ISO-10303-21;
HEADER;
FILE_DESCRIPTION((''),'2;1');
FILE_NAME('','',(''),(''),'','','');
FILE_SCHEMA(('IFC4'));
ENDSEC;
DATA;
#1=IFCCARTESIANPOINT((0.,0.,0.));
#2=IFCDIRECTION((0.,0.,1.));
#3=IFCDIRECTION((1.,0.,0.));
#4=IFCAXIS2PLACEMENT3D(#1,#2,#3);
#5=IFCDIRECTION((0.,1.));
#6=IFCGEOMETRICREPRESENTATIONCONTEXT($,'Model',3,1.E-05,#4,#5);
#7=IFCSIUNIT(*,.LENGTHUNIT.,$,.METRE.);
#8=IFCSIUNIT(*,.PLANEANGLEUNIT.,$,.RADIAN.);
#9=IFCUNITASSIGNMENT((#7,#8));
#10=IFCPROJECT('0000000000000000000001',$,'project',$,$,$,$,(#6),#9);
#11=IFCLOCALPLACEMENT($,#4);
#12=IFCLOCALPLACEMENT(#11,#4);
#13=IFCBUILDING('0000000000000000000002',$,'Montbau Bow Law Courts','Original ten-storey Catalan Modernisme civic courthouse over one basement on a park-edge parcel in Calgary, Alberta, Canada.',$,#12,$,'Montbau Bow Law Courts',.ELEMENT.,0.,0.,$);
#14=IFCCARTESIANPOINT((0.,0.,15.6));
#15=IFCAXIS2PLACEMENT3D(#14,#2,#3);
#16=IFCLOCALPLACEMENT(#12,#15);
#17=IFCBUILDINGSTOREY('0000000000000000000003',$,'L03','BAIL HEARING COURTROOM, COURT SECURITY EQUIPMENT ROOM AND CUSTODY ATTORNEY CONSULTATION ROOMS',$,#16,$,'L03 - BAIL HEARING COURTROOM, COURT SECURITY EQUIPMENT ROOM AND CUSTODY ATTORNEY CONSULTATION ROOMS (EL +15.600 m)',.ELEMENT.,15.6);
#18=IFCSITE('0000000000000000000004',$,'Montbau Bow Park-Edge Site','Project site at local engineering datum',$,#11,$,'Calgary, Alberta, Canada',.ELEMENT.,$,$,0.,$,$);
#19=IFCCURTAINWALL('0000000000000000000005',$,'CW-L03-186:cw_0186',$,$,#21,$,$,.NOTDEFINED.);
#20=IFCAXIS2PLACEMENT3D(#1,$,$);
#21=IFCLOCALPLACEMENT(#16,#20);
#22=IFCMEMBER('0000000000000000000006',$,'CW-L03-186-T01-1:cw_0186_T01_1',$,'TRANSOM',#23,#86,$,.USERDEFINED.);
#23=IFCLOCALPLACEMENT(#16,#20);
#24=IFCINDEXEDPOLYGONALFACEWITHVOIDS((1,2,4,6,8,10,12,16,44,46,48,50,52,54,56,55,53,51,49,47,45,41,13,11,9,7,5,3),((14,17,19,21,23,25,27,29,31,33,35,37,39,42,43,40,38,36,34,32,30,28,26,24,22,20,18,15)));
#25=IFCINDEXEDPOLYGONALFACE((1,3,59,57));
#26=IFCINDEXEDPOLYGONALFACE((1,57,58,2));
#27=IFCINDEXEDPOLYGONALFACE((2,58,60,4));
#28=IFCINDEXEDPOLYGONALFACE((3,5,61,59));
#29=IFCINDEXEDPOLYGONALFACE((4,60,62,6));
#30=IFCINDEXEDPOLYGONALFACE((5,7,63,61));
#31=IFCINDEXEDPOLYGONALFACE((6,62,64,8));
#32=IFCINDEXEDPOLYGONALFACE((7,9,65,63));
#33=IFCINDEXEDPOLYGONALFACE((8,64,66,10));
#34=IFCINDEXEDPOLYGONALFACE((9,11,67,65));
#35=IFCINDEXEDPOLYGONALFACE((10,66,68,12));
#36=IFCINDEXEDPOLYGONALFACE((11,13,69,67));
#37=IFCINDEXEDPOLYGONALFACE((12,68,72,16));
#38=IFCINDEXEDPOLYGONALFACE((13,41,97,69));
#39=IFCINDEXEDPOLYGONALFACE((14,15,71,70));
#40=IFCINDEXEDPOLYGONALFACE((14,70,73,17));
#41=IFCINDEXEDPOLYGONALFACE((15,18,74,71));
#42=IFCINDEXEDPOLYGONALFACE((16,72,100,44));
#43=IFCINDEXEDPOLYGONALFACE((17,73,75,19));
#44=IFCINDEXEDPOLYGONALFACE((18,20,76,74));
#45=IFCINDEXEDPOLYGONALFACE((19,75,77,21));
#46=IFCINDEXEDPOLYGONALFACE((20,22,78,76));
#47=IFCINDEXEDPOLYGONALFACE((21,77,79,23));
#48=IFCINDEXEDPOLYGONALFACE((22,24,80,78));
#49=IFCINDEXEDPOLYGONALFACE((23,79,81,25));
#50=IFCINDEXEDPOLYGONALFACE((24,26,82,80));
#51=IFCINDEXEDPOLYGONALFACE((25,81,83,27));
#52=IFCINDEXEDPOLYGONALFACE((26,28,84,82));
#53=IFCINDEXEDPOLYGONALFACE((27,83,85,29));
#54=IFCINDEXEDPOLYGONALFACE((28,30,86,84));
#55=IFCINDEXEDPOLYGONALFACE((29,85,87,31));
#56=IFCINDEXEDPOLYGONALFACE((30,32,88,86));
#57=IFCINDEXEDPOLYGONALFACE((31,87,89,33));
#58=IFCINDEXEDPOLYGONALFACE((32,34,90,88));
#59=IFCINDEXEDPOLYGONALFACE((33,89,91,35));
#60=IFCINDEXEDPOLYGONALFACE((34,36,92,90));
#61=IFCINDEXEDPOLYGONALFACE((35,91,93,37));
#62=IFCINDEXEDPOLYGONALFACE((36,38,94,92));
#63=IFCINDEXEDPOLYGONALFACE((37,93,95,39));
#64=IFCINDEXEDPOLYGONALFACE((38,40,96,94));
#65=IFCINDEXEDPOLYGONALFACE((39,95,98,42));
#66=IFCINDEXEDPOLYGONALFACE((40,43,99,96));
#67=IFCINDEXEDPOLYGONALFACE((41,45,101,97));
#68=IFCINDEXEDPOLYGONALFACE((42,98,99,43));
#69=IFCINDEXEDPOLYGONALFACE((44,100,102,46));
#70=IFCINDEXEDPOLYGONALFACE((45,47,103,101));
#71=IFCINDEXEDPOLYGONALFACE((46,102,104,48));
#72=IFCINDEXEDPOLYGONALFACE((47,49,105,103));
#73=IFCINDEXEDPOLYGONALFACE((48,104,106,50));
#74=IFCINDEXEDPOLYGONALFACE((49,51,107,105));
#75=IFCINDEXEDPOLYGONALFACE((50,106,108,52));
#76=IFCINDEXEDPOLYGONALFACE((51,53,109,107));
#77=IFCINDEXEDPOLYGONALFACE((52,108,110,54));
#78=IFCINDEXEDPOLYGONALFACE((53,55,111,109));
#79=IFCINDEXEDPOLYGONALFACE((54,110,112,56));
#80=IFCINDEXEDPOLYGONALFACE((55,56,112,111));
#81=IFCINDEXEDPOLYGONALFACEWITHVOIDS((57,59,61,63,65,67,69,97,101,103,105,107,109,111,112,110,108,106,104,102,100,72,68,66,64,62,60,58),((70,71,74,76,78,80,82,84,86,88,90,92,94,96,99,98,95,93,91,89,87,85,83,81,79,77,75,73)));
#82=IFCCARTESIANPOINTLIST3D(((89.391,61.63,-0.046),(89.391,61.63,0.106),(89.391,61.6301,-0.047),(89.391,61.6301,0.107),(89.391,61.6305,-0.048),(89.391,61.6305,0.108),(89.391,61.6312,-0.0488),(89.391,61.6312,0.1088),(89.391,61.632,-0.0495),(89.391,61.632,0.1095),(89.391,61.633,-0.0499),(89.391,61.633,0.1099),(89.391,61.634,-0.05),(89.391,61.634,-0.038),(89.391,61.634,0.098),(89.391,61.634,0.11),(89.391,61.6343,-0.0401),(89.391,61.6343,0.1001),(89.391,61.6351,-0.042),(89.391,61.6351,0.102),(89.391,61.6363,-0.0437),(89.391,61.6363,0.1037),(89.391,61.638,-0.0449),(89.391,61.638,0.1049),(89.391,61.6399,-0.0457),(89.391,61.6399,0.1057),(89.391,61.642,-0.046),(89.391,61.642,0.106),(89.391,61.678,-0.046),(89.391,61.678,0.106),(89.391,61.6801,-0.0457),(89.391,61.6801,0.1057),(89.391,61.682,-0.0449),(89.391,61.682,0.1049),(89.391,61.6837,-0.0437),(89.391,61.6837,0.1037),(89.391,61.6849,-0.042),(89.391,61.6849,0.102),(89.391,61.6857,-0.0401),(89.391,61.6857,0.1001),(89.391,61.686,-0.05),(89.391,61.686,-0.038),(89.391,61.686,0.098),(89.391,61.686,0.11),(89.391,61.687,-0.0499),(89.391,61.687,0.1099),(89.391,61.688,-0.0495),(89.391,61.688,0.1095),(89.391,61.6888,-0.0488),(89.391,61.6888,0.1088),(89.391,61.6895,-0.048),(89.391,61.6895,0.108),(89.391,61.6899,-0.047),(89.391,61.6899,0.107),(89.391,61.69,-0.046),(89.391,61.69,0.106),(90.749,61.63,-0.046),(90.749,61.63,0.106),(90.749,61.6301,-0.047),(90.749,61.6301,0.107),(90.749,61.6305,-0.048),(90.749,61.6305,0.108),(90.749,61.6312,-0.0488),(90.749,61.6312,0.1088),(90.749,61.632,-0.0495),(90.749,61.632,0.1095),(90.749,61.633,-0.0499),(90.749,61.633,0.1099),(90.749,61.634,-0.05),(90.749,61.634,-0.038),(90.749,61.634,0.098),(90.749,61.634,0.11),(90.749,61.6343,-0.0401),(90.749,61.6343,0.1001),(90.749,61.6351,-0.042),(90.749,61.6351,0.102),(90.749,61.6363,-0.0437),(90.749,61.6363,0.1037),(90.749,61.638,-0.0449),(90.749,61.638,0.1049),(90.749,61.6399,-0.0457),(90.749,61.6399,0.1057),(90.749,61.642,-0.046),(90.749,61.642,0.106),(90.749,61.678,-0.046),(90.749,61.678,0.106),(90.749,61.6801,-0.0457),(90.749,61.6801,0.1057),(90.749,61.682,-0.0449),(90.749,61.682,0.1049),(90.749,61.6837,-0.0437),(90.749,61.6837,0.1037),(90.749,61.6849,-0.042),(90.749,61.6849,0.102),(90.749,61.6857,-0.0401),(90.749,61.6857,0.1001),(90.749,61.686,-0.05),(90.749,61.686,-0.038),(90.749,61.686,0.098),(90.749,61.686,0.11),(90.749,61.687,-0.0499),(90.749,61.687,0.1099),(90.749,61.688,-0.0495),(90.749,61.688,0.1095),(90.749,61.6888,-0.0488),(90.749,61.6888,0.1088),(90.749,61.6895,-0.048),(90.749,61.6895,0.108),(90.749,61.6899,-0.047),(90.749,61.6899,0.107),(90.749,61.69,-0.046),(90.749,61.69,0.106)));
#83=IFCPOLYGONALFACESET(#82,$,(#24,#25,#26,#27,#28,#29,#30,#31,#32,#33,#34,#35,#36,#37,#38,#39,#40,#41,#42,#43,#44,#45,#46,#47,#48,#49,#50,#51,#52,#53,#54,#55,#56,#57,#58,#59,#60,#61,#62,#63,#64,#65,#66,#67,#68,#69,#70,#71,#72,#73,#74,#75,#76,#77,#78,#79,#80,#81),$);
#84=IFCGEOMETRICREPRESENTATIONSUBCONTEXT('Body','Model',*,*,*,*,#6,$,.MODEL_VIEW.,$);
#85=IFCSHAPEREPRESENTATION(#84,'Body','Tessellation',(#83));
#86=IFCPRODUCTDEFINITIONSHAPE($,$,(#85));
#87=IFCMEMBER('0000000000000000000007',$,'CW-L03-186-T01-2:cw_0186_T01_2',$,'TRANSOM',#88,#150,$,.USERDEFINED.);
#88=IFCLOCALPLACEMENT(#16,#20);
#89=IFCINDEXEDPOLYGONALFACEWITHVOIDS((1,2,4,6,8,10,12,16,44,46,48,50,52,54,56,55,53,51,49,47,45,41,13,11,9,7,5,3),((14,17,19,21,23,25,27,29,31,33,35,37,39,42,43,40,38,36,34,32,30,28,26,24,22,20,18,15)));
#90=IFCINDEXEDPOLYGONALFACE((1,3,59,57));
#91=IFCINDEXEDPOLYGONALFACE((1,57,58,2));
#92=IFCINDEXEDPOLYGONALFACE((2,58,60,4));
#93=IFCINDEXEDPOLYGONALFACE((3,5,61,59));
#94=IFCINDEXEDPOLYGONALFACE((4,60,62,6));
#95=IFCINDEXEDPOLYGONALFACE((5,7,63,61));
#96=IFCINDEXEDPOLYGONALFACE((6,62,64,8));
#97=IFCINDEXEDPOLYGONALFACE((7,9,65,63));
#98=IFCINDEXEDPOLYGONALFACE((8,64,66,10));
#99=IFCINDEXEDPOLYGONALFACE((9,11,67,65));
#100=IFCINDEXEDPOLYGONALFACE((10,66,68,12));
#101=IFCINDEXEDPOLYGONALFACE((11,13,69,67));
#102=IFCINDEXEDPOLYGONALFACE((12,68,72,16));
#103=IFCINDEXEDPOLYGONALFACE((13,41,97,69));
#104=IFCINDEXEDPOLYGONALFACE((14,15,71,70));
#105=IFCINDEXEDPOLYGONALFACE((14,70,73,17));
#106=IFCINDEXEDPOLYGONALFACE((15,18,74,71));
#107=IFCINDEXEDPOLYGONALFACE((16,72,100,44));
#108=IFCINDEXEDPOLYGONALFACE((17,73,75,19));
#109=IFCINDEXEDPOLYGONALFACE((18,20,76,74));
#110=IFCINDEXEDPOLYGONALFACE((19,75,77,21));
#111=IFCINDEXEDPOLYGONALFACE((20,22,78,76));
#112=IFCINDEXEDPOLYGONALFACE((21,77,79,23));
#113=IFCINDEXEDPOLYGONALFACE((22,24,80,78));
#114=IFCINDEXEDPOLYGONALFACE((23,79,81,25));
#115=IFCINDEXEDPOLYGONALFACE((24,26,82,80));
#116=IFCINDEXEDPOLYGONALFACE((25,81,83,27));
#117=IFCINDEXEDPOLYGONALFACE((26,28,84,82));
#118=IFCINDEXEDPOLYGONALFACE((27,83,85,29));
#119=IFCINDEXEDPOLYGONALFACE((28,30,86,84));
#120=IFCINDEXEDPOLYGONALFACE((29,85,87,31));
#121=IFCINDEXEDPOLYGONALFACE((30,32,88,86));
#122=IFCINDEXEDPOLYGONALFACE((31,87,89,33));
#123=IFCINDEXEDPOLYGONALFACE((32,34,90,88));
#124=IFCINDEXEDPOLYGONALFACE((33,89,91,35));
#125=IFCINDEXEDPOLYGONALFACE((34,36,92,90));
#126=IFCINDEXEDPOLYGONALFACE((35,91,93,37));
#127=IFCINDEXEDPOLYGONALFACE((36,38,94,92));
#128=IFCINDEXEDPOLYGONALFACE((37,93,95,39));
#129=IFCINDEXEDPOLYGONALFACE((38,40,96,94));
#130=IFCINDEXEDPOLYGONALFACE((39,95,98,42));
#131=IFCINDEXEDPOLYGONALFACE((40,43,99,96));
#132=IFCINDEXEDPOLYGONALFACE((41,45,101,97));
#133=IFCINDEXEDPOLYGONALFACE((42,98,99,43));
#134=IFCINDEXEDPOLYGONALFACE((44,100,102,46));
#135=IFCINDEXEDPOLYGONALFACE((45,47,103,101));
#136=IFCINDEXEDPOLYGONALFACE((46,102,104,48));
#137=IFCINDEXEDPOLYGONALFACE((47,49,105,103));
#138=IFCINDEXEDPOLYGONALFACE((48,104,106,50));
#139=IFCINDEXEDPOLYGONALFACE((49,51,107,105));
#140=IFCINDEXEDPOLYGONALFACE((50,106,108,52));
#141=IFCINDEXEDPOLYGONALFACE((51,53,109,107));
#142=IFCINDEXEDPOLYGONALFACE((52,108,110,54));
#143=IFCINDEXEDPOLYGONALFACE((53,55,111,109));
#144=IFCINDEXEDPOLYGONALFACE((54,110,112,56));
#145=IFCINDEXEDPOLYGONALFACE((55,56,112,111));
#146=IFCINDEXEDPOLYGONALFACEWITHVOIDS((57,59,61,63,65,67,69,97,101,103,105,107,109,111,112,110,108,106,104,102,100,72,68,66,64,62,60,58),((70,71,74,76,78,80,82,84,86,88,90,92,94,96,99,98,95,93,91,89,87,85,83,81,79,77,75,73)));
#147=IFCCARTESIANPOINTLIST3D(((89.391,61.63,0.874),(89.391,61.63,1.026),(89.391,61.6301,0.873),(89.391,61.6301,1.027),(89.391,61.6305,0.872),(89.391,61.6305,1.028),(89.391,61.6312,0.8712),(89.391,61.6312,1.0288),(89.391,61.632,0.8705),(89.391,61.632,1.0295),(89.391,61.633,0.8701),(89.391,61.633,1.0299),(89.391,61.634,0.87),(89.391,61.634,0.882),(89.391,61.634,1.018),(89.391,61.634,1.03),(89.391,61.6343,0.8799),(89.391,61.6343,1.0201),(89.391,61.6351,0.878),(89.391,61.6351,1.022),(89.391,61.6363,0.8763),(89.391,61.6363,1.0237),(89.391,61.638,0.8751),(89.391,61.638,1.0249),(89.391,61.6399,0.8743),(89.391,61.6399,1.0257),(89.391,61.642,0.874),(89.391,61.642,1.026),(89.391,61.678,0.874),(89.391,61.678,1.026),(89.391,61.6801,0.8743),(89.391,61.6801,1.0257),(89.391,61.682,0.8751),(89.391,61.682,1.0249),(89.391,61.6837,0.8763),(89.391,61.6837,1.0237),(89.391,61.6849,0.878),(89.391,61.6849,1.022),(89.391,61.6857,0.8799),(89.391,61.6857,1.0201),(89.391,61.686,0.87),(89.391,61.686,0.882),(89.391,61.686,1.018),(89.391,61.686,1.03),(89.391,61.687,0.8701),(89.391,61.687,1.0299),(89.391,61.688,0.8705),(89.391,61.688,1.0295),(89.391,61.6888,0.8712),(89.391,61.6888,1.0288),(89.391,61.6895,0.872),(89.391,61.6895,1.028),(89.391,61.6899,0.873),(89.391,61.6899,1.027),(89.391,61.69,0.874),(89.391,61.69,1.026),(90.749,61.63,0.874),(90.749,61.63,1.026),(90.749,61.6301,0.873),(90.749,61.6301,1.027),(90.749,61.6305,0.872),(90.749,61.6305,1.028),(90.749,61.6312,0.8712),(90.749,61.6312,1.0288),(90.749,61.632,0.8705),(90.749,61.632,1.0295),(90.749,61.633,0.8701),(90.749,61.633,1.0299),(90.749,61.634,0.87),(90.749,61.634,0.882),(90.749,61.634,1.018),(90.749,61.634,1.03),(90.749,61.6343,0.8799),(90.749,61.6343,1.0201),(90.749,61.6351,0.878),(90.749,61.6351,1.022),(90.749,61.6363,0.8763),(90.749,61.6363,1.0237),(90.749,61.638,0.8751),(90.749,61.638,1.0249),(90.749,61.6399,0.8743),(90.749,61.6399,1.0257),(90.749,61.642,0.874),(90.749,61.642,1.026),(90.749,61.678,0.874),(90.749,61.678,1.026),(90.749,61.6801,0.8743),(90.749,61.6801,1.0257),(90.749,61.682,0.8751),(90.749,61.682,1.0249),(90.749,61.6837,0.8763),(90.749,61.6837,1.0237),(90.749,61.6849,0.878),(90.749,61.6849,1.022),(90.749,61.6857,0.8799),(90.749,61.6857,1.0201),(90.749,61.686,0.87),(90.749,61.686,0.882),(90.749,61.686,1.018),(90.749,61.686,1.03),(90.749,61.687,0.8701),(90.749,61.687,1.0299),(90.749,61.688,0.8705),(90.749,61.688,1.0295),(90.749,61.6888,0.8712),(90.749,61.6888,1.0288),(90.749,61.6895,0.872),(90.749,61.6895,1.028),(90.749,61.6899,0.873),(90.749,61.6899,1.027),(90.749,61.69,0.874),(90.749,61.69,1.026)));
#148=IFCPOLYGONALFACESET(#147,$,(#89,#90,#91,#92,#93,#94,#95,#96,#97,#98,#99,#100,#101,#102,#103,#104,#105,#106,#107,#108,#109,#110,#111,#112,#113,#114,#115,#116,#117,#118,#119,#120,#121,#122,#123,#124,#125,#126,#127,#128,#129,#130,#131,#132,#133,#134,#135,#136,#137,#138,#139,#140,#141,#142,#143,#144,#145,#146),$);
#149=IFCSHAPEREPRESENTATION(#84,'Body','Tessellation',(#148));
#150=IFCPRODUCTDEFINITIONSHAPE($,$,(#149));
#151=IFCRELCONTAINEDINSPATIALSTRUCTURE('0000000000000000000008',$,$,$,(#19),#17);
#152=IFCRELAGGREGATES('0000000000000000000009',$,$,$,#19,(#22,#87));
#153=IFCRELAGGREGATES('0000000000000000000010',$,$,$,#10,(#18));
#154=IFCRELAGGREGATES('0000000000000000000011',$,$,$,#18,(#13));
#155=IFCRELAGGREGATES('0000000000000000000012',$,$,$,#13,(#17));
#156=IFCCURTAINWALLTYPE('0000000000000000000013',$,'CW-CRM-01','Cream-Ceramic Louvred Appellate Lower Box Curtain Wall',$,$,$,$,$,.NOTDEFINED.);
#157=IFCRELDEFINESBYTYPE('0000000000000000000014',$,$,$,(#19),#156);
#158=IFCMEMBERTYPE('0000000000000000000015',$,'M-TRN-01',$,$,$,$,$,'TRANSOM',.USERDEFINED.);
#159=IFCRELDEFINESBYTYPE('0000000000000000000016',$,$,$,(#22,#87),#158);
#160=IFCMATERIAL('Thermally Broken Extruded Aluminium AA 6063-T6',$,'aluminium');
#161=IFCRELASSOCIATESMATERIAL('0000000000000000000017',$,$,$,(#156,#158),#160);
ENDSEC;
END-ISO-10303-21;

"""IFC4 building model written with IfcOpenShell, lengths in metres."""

from ifc_helpers import new_model, si_unit, direction, frame, origin_with_axes, origin_2d_with_axis, place, context, subcontext, project, spatial, hollow_rectangle, extrude, material, material_profile, profile_set, type_object, element, aggregate, save


model = new_model("IFC4")

# Units and contexts
model_context = context("Model", 3, precision=1e-05, world=origin_with_axes(), true_north=direction((0.0, 1.0)))
body_context = subcontext(model_context, "Body", "Model", "MODEL_VIEW")
ifc_project = project(units=[si_unit("LENGTHUNIT", "METRE"), si_unit("PLANEANGLEUNIT", "RADIAN")], contexts=[model_context])

# Site, building, storey
site_placement = place(None, origin_with_axes())
site = spatial("IfcSite", under=ifc_project, at=site_placement, Name="Montbau Bow Park-Edge Site", Description="Project site at local engineering datum", LongName="Calgary, Alberta, Canada", CompositionType="ELEMENT", RefElevation=0.0)
building_placement = place(site_placement, origin_with_axes())
building = spatial("IfcBuilding", under=site, at=building_placement, Name="Montbau Bow Law Courts", Description="Original ten-storey Catalan Modernisme civic courthouse over one basement on a park-edge parcel in Calgary, Alberta, Canada.", LongName="Montbau Bow Law Courts", CompositionType="ELEMENT", ElevationOfRefHeight=0.0, ElevationOfTerrain=0.0)
storey_placement = place(building_placement, frame((0.0, 0.0, 15.6), z_axis=(0.0, 0.0, 1.0), x_axis=(1.0, 0.0, 0.0)))
storey = spatial("IfcBuildingStorey", under=building, at=storey_placement, Name="L03", Description="BAIL HEARING COURTROOM, COURT SECURITY EQUIPMENT ROOM AND CUSTODY ATTORNEY CONSULTATION ROOMS", LongName="L03 - BAIL HEARING COURTROOM, COURT SECURITY EQUIPMENT ROOM AND CUSTODY ATTORNEY CONSULTATION ROOMS (EL +15.600 m)", CompositionType="ELEMENT", Elevation=15.6)

# Curtain wall, members
ifc_material_1 = material(Name="Thermally Broken Extruded Aluminium AA 6063-T6", Category="aluminium")
curtain_wall_type = type_object("IfcCurtainWallType", Name="CW-CRM-01", Description="Cream-Ceramic Louvred Appellate Lower Box Curtain Wall", PredefinedType="NOTDEFINED", material=ifc_material_1)
curtain_wall_placement = place(None, frame((89.315, 61.66, 15.6), z_axis=(0.0, 0.0, 1.0), x_axis=(1.0, 0.0, 0.0)))
curtain_wall = element("IfcCurtainWall", 1, at=curtain_wall_placement, inside=storey, type_object=curtain_wall_type, Name="CW-L03-186:cw_0186", PredefinedType="NOTDEFINED")
ifc_material_profile_1 = material_profile(ifc_material_1, hollow_rectangle(XDim=0.06, YDim=0.16, WallThickness=0.004, InnerFilletRadius=0.008, OuterFilletRadius=0.004, at=origin_2d_with_axis()), Name="CWT-160X60", Category="Main", Priority=0)
ifc_profile_set_1 = profile_set([ifc_material_profile_1], Name="Thermally Broken Extruded Aluminium AA 6063-T6")
member_type_1 = type_object("IfcMemberType", Name="M-TRN-01", ElementType="TRANSOM", PredefinedType="USERDEFINED", material=ifc_profile_set_1)
member_1_placement = place(None, frame((89.391, 61.66, 15.63), z_axis=(1.0, 0.0, 0.0), x_axis=(0.0, 1.0, 0.0)))
member_1 = element("IfcMember", 2, at=member_1_placement, type_object=member_type_1, Name="CW-L03-186-T01-1:cw_0186_T01_1", ObjectType="TRANSOM", PredefinedType="USERDEFINED", context=body_context, shape_type="SweptSolid", body=[
    extrude(hollow_rectangle(XDim=0.06, YDim=0.16, WallThickness=0.004, InnerFilletRadius=0.008, OuterFilletRadius=0.004, at=origin_2d_with_axis()), origin_with_axes(), (0.0, 0.0, 1.0), 1.358),
])
member_2_placement = place(None, frame((89.391, 61.66, 16.55), z_axis=(1.0, 0.0, 0.0), x_axis=(0.0, 1.0, 0.0)))
member_2 = element("IfcMember", 3, at=member_2_placement, type_object=member_type_1, Name="CW-L03-186-T01-2:cw_0186_T01_2", ObjectType="TRANSOM", PredefinedType="USERDEFINED", context=body_context, shape_type="SweptSolid", body=[
    extrude(hollow_rectangle(XDim=0.06, YDim=0.16, WallThickness=0.004, InnerFilletRadius=0.008, OuterFilletRadius=0.004, at=origin_2d_with_axis()), origin_with_axes(), (0.0, 0.0, 1.0), 1.358),
])
aggregate(curtain_wall, [member_1, member_2])

save(model, "model.ifc")
